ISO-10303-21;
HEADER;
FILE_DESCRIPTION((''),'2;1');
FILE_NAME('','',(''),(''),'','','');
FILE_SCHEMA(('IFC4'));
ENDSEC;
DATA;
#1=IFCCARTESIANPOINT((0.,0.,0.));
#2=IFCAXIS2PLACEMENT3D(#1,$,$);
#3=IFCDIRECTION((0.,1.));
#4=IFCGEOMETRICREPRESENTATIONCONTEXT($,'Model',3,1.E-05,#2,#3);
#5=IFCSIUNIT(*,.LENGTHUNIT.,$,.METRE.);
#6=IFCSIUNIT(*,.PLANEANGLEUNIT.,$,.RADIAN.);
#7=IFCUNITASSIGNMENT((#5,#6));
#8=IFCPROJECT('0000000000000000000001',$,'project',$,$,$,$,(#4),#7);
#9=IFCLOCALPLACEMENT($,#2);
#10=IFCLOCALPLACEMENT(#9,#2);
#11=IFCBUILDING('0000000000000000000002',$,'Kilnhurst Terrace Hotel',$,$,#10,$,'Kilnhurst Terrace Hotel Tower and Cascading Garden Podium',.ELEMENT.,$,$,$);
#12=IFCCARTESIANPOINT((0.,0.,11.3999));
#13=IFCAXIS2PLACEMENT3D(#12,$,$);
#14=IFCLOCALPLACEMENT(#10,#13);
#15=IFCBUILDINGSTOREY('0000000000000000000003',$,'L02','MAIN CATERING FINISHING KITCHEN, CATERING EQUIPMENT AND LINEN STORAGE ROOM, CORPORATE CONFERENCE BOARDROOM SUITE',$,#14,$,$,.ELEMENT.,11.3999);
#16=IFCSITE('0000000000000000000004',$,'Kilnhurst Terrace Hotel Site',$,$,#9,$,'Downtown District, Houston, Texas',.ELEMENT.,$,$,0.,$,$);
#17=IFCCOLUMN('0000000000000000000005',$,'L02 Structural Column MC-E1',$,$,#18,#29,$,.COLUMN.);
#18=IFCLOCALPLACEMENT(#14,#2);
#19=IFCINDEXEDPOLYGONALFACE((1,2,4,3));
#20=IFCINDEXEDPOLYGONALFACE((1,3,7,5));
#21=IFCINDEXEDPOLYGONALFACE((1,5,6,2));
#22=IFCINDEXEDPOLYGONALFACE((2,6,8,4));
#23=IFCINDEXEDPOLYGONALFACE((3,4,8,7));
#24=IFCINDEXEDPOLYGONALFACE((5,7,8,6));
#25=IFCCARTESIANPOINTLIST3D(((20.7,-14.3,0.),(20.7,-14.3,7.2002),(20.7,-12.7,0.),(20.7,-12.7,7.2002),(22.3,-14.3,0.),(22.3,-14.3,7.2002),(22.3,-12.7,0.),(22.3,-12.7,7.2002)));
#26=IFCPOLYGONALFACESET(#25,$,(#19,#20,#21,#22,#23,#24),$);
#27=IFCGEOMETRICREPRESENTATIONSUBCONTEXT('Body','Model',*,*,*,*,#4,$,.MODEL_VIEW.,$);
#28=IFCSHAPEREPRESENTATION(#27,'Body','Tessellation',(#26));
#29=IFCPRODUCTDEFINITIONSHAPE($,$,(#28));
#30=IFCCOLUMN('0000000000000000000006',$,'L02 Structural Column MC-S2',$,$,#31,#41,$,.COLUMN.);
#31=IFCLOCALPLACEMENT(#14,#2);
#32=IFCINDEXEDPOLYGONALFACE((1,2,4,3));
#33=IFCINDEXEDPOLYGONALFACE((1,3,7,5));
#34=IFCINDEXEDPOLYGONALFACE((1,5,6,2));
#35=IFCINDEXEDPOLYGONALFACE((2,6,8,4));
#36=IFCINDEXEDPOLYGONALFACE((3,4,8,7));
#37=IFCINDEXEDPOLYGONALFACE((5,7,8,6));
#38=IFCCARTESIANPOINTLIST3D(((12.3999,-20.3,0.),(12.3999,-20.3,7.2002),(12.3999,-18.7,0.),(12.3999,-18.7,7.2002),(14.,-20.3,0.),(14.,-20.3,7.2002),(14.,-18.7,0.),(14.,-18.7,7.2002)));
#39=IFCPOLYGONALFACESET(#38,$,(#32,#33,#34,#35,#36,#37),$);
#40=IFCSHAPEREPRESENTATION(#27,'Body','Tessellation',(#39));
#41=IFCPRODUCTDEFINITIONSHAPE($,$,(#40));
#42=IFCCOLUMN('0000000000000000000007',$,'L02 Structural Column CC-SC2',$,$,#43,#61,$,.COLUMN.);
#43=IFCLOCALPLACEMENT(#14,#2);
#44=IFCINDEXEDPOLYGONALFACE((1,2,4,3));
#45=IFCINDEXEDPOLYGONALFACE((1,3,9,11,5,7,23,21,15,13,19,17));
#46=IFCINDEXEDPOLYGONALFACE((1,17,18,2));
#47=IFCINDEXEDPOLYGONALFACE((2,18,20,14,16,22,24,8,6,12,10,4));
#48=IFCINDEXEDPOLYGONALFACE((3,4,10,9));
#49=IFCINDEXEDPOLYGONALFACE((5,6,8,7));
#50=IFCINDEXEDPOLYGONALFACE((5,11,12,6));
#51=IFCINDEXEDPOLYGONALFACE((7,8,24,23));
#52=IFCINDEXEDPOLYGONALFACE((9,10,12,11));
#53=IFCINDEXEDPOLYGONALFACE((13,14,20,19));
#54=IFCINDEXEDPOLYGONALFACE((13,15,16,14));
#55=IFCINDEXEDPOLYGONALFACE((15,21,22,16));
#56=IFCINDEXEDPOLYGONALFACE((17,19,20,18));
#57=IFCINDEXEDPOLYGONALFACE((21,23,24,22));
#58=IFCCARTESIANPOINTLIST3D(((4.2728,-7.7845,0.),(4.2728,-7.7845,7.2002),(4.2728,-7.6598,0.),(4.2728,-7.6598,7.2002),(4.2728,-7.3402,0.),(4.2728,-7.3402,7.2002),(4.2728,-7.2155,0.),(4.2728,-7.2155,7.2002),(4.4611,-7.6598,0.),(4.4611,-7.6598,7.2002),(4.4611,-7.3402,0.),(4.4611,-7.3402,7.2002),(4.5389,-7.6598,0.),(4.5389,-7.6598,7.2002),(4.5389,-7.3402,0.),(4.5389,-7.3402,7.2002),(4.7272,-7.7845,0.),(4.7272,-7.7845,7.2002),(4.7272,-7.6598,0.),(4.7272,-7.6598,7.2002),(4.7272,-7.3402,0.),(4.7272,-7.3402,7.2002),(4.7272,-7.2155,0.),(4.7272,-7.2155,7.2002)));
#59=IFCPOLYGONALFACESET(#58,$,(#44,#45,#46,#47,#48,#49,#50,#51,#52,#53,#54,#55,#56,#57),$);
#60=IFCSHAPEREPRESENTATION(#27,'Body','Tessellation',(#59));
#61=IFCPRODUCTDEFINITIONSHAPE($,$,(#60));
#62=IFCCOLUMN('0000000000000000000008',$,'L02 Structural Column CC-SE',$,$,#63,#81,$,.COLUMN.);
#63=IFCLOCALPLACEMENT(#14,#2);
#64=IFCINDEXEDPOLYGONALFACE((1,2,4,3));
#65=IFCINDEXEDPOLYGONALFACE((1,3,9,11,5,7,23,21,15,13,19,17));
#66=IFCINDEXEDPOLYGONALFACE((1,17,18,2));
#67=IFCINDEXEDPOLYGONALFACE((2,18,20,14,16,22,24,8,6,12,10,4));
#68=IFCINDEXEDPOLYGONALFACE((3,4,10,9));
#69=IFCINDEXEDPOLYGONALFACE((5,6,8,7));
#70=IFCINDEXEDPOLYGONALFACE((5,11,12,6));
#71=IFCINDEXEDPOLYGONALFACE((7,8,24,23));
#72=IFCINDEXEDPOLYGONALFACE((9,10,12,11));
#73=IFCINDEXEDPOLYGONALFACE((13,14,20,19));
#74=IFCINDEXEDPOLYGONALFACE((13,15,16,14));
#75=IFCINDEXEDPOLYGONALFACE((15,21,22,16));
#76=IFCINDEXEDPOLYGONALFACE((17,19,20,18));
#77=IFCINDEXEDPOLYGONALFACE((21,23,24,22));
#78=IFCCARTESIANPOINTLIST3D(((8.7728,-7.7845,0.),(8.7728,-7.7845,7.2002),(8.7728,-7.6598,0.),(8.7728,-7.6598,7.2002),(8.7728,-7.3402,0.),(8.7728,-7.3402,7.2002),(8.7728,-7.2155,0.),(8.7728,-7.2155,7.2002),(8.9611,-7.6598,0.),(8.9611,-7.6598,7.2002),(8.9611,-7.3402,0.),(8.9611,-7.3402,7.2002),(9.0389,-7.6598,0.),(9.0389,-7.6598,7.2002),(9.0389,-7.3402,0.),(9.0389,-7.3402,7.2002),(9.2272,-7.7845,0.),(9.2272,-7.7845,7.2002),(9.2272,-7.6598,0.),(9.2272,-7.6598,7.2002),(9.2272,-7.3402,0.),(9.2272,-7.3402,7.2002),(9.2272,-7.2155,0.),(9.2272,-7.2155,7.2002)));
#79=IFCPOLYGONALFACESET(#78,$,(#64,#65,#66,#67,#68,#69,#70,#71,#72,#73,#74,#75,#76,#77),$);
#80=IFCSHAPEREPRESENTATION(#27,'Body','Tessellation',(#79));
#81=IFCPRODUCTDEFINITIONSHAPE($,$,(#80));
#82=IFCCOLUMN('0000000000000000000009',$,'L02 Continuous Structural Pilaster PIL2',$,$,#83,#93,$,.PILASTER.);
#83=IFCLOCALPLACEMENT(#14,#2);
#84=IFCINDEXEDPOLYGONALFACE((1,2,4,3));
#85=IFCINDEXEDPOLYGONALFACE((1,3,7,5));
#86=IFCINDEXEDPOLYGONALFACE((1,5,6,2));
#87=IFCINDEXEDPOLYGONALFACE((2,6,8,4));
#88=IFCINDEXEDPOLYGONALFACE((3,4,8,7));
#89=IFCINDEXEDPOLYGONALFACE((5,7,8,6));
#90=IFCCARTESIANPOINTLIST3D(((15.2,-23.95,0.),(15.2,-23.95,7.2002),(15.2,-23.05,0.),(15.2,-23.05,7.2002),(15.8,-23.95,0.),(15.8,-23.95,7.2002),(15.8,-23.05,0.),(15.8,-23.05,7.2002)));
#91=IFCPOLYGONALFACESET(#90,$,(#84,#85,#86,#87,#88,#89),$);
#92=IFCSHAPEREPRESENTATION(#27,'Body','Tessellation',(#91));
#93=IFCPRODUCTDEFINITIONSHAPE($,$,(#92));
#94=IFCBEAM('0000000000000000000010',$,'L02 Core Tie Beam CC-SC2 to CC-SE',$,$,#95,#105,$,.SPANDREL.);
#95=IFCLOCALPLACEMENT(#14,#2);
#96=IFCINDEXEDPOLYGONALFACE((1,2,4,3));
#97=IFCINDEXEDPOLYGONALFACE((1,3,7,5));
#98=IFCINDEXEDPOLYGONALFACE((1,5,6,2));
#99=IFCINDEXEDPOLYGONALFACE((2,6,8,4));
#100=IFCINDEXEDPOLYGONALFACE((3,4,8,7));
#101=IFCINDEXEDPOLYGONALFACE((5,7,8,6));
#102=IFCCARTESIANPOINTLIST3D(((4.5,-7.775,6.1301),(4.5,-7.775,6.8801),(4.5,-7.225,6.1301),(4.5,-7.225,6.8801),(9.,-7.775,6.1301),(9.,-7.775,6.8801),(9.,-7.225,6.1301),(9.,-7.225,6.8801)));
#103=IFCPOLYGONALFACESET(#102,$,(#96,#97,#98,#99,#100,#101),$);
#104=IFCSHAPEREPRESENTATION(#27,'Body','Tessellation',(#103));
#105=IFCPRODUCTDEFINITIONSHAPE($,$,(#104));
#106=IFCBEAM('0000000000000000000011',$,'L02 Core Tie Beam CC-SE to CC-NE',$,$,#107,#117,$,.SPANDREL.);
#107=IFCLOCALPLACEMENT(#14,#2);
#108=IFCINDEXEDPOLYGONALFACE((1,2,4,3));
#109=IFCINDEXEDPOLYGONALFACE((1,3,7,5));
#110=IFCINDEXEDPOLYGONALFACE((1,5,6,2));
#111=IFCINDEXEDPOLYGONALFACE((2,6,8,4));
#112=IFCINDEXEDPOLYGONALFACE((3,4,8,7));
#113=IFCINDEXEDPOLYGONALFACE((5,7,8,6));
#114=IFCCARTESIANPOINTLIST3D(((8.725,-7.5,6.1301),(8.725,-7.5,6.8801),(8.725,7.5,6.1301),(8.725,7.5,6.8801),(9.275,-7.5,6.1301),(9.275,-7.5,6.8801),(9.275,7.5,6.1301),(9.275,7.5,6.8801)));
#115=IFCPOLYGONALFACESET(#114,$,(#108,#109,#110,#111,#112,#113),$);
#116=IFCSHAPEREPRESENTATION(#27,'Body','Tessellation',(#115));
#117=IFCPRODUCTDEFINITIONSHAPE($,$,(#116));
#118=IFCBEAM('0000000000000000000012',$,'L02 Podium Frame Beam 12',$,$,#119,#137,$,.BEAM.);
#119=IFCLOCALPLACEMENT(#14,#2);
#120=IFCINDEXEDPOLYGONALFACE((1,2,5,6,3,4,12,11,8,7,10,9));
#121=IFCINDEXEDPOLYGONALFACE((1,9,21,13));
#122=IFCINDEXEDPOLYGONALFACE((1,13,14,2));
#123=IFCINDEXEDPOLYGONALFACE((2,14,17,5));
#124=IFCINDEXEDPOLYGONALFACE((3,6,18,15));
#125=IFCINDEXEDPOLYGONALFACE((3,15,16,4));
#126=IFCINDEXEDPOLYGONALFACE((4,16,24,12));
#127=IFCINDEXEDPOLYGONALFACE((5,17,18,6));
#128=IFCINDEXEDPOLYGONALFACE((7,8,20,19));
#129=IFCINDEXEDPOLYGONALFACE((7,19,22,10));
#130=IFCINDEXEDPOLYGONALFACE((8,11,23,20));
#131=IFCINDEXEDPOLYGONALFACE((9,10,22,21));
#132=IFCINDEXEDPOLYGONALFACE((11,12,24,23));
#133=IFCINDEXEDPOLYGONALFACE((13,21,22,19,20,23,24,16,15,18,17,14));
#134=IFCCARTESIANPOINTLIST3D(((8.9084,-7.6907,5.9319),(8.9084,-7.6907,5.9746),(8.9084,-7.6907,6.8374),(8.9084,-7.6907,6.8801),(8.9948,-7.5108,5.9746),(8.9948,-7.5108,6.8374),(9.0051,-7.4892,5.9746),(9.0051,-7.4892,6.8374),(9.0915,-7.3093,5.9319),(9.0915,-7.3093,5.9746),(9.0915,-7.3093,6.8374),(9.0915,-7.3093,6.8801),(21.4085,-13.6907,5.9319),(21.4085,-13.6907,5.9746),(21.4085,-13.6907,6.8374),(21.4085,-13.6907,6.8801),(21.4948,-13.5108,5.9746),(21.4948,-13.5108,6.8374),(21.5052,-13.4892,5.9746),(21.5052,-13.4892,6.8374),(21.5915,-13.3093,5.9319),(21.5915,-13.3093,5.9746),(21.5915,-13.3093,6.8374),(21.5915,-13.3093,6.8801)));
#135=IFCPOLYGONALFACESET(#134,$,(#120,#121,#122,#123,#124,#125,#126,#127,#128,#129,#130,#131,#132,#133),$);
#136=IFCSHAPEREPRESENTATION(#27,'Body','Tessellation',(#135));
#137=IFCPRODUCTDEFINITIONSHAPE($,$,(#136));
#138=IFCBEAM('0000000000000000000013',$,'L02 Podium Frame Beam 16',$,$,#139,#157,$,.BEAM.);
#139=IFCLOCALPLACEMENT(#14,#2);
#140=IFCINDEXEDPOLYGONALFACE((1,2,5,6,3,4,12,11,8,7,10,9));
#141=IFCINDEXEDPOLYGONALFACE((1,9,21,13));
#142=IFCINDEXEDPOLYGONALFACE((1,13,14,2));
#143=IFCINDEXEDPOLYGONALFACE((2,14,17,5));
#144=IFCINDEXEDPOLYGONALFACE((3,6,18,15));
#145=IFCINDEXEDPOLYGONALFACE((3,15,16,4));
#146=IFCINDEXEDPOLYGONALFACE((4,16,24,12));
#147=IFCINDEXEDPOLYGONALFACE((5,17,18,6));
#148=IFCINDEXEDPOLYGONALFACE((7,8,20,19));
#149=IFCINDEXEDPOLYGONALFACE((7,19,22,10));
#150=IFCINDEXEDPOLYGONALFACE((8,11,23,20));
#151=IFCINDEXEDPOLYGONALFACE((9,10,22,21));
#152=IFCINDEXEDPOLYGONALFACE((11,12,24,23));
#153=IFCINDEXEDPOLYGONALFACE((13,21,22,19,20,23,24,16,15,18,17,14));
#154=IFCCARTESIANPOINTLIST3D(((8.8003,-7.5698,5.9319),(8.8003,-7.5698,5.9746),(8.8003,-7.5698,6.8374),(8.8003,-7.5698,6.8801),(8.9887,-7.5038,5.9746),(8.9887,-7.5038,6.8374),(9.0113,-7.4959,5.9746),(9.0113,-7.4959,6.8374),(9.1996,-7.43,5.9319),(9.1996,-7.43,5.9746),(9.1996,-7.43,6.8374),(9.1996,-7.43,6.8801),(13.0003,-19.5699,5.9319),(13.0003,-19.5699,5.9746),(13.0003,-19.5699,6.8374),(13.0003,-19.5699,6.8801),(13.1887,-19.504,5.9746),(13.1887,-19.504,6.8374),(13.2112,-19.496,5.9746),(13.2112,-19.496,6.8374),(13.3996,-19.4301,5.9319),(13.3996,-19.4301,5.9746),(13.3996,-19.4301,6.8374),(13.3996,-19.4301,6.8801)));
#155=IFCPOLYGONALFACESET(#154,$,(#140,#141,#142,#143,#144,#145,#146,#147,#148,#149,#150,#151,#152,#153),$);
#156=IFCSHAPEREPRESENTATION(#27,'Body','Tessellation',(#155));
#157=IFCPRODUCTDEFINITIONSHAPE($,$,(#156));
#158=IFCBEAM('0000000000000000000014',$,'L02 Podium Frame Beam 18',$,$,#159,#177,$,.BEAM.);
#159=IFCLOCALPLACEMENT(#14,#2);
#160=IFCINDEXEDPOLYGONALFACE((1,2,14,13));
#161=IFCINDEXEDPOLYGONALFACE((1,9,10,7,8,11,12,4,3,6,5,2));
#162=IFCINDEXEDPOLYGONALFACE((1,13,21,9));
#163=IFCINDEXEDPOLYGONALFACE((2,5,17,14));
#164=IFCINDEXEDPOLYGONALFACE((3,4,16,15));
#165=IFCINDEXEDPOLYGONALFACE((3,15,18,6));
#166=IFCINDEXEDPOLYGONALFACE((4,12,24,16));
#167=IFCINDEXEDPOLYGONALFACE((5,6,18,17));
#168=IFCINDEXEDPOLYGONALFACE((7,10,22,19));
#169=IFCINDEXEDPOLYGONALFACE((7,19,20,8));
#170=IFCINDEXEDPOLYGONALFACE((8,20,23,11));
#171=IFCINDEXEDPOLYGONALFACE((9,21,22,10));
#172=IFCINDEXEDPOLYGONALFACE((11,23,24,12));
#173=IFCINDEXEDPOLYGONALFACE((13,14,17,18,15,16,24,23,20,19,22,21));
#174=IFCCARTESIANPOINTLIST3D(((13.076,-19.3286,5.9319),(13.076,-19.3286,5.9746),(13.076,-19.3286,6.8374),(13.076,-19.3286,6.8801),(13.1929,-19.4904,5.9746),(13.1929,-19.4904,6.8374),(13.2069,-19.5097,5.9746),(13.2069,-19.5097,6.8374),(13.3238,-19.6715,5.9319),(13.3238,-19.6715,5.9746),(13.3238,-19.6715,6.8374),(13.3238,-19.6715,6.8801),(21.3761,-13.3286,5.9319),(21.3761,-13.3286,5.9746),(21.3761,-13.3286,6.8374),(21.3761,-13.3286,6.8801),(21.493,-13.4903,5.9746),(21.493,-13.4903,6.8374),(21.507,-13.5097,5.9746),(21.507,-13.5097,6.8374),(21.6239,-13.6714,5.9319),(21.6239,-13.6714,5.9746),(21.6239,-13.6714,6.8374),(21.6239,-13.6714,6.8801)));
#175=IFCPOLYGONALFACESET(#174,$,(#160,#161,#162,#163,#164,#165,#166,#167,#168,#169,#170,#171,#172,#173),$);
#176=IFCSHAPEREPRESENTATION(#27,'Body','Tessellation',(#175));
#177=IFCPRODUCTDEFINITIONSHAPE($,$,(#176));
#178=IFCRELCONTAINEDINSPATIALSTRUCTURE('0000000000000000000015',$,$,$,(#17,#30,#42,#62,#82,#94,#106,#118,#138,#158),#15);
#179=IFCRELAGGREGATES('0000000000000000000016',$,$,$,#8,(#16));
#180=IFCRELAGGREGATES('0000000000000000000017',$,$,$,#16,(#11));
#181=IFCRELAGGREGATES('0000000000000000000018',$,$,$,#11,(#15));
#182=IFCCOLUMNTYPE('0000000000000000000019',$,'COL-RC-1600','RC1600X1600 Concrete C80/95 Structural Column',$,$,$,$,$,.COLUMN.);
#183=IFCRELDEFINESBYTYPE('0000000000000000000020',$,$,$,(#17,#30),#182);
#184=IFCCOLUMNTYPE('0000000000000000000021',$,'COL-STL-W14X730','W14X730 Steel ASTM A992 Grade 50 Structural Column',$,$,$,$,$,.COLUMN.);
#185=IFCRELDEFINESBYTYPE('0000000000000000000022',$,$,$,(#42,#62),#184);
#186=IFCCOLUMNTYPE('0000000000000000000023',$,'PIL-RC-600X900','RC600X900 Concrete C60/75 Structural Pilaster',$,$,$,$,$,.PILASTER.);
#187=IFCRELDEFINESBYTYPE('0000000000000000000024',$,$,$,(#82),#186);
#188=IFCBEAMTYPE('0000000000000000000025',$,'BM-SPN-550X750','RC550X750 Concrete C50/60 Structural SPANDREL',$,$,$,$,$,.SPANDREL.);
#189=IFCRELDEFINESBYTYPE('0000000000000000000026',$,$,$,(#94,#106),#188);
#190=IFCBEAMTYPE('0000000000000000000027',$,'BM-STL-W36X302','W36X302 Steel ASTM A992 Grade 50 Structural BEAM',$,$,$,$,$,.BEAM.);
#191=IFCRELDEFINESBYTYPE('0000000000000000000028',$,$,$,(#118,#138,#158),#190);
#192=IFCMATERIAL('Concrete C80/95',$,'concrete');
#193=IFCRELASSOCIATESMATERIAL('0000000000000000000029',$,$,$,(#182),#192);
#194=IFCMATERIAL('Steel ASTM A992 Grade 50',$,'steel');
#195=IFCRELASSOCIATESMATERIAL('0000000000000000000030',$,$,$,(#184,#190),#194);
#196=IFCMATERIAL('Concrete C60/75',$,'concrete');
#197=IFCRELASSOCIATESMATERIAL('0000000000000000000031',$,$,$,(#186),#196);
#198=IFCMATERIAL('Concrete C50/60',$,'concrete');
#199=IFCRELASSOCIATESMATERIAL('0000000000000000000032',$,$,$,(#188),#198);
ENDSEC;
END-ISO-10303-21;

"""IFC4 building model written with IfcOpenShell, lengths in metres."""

from ifc_helpers import new_model, si_unit, direction, frame, origin, origin_2d, place, context, subcontext, project, spatial, rectangle, i_section, extrude, material, material_profile, profile_set, type_object, element, save


model = new_model("IFC4")

# Units and contexts
model_context = context("Model", 3, precision=1e-05, world=origin(), true_north=direction((0.0, 1.0)))
body_context = subcontext(model_context, "Body", "Model", "MODEL_VIEW")
ifc_project = project(units=[si_unit("LENGTHUNIT", "METRE"), si_unit("PLANEANGLEUNIT", "RADIAN")], contexts=[model_context])

# Site, building, storey
site_placement = place(None, origin())
site = spatial("IfcSite", under=ifc_project, at=site_placement, Name="Kilnhurst Terrace Hotel Site", LongName="Downtown District, Houston, Texas", CompositionType="ELEMENT", RefElevation=0.0)
building_placement = place(site_placement, origin())
building = spatial("IfcBuilding", under=site, at=building_placement, Name="Kilnhurst Terrace Hotel", LongName="Kilnhurst Terrace Hotel Tower and Cascading Garden Podium", CompositionType="ELEMENT")
storey_placement = place(building_placement, frame((0.0, 0.0, 11.3999)))
storey = spatial("IfcBuildingStorey", under=building, at=storey_placement, Name="L02", Description="MAIN CATERING FINISHING KITCHEN, CATERING EQUIPMENT AND LINEN STORAGE ROOM, CORPORATE CONFERENCE BOARDROOM SUITE", CompositionType="ELEMENT", Elevation=11.3999)

# Columns
ifc_material_1 = material(Name="Concrete C80/95", Category="concrete")
ifc_material_profile_1 = material_profile(ifc_material_1, rectangle(XDim=1.6001, YDim=1.6001, at=origin_2d()), Name="RC1600X1600")
ifc_profile_set_1 = profile_set([ifc_material_profile_1], Name="Concrete C80/95")
column_type_1 = type_object("IfcColumnType", Name="COL-RC-1600", Description="RC1600X1600 Concrete C80/95 Structural Column", PredefinedType="COLUMN", material=ifc_profile_set_1)
for number, where, z_axis, x_axis, name in (
    (1, (21.5, -13.5, 0.0), (0.0, 0.0, 1.0), (1.0, 0.0, 0.0), "L02 Structural Column MC-E1"),
    (2, (13.2, -19.5, 0.0), (0.0, 0.0, 1.0), (1.0, 0.0, 0.0), "L02 Structural Column MC-S2"),
):
    element("IfcColumn", number, at=place(storey_placement, frame(where, z_axis=z_axis, x_axis=x_axis)), inside=storey, type_object=column_type_1, Name=name, PredefinedType="COLUMN", context=body_context, shape_type="SweptSolid", body=[
        extrude(rectangle(XDim=1.6001, YDim=1.6001, at=origin_2d()), origin(), (0.0, 0.0, 1.0), 7.2002),
    ])
ifc_material_2 = material(Name="Steel ASTM A992 Grade 50", Category="steel")
ifc_material_profile_2 = material_profile(ifc_material_2, i_section(OverallWidth=0.4543, OverallDepth=0.5691, WebThickness=0.0779, FlangeThickness=0.1248, at=origin_2d()), Name="W14X730")
ifc_profile_set_2 = profile_set([ifc_material_profile_2], Name="Steel ASTM A992 Grade 50")
column_type_2 = type_object("IfcColumnType", Name="COL-STL-W14X730", Description="W14X730 Steel ASTM A992 Grade 50 Structural Column", PredefinedType="COLUMN", material=ifc_profile_set_2)
for number, where, z_axis, x_axis, name in (
    (3, (4.5, -7.5, 0.0), (0.0, 0.0, 1.0), (1.0, 0.0, 0.0), "L02 Structural Column CC-SC2"),
    (4, (9.0, -7.5, 0.0), (0.0, 0.0, 1.0), (1.0, 0.0, 0.0), "L02 Structural Column CC-SE"),
):
    element("IfcColumn", number, at=place(storey_placement, frame(where, z_axis=z_axis, x_axis=x_axis)), inside=storey, type_object=column_type_2, Name=name, PredefinedType="COLUMN", context=body_context, shape_type="SweptSolid", body=[
        extrude(i_section(OverallWidth=0.4543, OverallDepth=0.5691, WebThickness=0.0779, FlangeThickness=0.1248, at=origin_2d()), origin(), (0.0, 0.0, 1.0), 7.2002),
    ])
ifc_material_3 = material(Name="Concrete C60/75", Category="concrete")
ifc_material_profile_3 = material_profile(ifc_material_3, rectangle(XDim=0.6001, YDim=0.8999, at=origin_2d()), Name="RC600X900")
ifc_profile_set_3 = profile_set([ifc_material_profile_3], Name="Concrete C60/75")
column_type_3 = type_object("IfcColumnType", Name="PIL-RC-600X900", Description="RC600X900 Concrete C60/75 Structural Pilaster", PredefinedType="PILASTER", material=ifc_profile_set_3)
column_placement = place(storey_placement, frame((15.5, -23.5, 0.0), z_axis=(0.0, 0.0, 1.0), x_axis=(1.0, 0.0, 0.0)))
element("IfcColumn", 5, at=column_placement, inside=storey, type_object=column_type_3, Name="L02 Continuous Structural Pilaster PIL2", PredefinedType="PILASTER", context=body_context, shape_type="SweptSolid", body=[
    extrude(rectangle(XDim=0.6001, YDim=0.8999, at=origin_2d()), origin(), (0.0, 0.0, 1.0), 7.2002),
])

# Beams
ifc_material_4 = material(Name="Concrete C50/60", Category="concrete")
ifc_material_profile_4 = material_profile(ifc_material_4, rectangle(XDim=0.55, YDim=0.75, at=origin_2d()), Name="RC550X750")
ifc_profile_set_4 = profile_set([ifc_material_profile_4], Name="Concrete C50/60")
beam_type_1 = type_object("IfcBeamType", Name="BM-SPN-550X750", Description="RC550X750 Concrete C50/60 Structural SPANDREL", PredefinedType="SPANDREL", material=ifc_profile_set_4)
beam_1_placement = place(storey_placement, frame((4.5, -7.5, 6.5051), z_axis=(1.0, 0.0, 0.0), x_axis=(0.0, 1.0, 0.0)))
element("IfcBeam", 6, at=beam_1_placement, inside=storey, type_object=beam_type_1, Name="L02 Core Tie Beam CC-SC2 to CC-SE", PredefinedType="SPANDREL", context=body_context, shape_type="SweptSolid", body=[
    extrude(rectangle(XDim=0.55, YDim=0.75, at=origin_2d()), origin(), (0.0, 0.0, 1.0), 4.5),
])
beam_2_placement = place(storey_placement, frame((9.0, -7.5, 6.5051), z_axis=(0.0, 1.0, 0.0), x_axis=(-1.0, 0.0, 0.0)))
element("IfcBeam", 7, at=beam_2_placement, inside=storey, type_object=beam_type_1, Name="L02 Core Tie Beam CC-SE to CC-NE", PredefinedType="SPANDREL", context=body_context, shape_type="SweptSolid", body=[
    extrude(rectangle(XDim=0.55, YDim=0.75, at=origin_2d()), origin(), (0.0, 0.0, 1.0), 15.0),
])
ifc_material_profile_5 = material_profile(ifc_material_2, i_section(OverallWidth=0.4231, OverallDepth=0.9482, WebThickness=0.0239, FlangeThickness=0.0427, at=origin_2d()), Name="W36X302")
ifc_profile_set_5 = profile_set([ifc_material_profile_5], Name="Steel ASTM A992 Grade 50")
beam_type_2 = type_object("IfcBeamType", Name="BM-STL-W36X302", Description="W36X302 Steel ASTM A992 Grade 50 Structural BEAM", PredefinedType="BEAM", material=ifc_profile_set_5)
beam_3_placement = place(storey_placement, frame((21.5, -13.5, 6.406), z_axis=(-0.901523, 0.432731, 0.0), x_axis=(-0.432731, -0.901523, 0.0)))
element("IfcBeam", 8, at=beam_3_placement, inside=storey, type_object=beam_type_2, Name="L02 Podium Frame Beam 12", PredefinedType="BEAM", context=body_context, shape_type="SweptSolid", body=[
    extrude(i_section(OverallWidth=0.4231, OverallDepth=0.9482, WebThickness=0.0239, FlangeThickness=0.0427, at=origin_2d()), origin(), (0.0, 0.0, 1.0), 13.8655),
])
beam_4_placement = place(storey_placement, frame((13.2, -19.5, 6.406), z_axis=(-0.330347, 0.94386, 0.0), x_axis=(-0.94386, -0.330347, 0.0)))
element("IfcBeam", 9, at=beam_4_placement, inside=storey, type_object=beam_type_2, Name="L02 Podium Frame Beam 16", PredefinedType="BEAM", context=body_context, shape_type="SweptSolid", body=[
    extrude(i_section(OverallWidth=0.4231, OverallDepth=0.9482, WebThickness=0.0239, FlangeThickness=0.0427, at=origin_2d()), origin(), (0.0, 0.0, 1.0), 12.7139),
])
beam_5_placement = place(storey_placement, frame((21.5, -13.5, 6.406), z_axis=(-0.810423, -0.585845, 0.0), x_axis=(0.585845, -0.810423, 0.0)))
element("IfcBeam", 10, at=beam_5_placement, inside=storey, type_object=beam_type_2, Name="L02 Podium Frame Beam 18", PredefinedType="BEAM", context=body_context, shape_type="SweptSolid", body=[
    extrude(i_section(OverallWidth=0.4231, OverallDepth=0.9482, WebThickness=0.0239, FlangeThickness=0.0427, at=origin_2d()), origin(), (0.0, 0.0, 1.0), 10.2417),
])

save(model, "model.ifc")
